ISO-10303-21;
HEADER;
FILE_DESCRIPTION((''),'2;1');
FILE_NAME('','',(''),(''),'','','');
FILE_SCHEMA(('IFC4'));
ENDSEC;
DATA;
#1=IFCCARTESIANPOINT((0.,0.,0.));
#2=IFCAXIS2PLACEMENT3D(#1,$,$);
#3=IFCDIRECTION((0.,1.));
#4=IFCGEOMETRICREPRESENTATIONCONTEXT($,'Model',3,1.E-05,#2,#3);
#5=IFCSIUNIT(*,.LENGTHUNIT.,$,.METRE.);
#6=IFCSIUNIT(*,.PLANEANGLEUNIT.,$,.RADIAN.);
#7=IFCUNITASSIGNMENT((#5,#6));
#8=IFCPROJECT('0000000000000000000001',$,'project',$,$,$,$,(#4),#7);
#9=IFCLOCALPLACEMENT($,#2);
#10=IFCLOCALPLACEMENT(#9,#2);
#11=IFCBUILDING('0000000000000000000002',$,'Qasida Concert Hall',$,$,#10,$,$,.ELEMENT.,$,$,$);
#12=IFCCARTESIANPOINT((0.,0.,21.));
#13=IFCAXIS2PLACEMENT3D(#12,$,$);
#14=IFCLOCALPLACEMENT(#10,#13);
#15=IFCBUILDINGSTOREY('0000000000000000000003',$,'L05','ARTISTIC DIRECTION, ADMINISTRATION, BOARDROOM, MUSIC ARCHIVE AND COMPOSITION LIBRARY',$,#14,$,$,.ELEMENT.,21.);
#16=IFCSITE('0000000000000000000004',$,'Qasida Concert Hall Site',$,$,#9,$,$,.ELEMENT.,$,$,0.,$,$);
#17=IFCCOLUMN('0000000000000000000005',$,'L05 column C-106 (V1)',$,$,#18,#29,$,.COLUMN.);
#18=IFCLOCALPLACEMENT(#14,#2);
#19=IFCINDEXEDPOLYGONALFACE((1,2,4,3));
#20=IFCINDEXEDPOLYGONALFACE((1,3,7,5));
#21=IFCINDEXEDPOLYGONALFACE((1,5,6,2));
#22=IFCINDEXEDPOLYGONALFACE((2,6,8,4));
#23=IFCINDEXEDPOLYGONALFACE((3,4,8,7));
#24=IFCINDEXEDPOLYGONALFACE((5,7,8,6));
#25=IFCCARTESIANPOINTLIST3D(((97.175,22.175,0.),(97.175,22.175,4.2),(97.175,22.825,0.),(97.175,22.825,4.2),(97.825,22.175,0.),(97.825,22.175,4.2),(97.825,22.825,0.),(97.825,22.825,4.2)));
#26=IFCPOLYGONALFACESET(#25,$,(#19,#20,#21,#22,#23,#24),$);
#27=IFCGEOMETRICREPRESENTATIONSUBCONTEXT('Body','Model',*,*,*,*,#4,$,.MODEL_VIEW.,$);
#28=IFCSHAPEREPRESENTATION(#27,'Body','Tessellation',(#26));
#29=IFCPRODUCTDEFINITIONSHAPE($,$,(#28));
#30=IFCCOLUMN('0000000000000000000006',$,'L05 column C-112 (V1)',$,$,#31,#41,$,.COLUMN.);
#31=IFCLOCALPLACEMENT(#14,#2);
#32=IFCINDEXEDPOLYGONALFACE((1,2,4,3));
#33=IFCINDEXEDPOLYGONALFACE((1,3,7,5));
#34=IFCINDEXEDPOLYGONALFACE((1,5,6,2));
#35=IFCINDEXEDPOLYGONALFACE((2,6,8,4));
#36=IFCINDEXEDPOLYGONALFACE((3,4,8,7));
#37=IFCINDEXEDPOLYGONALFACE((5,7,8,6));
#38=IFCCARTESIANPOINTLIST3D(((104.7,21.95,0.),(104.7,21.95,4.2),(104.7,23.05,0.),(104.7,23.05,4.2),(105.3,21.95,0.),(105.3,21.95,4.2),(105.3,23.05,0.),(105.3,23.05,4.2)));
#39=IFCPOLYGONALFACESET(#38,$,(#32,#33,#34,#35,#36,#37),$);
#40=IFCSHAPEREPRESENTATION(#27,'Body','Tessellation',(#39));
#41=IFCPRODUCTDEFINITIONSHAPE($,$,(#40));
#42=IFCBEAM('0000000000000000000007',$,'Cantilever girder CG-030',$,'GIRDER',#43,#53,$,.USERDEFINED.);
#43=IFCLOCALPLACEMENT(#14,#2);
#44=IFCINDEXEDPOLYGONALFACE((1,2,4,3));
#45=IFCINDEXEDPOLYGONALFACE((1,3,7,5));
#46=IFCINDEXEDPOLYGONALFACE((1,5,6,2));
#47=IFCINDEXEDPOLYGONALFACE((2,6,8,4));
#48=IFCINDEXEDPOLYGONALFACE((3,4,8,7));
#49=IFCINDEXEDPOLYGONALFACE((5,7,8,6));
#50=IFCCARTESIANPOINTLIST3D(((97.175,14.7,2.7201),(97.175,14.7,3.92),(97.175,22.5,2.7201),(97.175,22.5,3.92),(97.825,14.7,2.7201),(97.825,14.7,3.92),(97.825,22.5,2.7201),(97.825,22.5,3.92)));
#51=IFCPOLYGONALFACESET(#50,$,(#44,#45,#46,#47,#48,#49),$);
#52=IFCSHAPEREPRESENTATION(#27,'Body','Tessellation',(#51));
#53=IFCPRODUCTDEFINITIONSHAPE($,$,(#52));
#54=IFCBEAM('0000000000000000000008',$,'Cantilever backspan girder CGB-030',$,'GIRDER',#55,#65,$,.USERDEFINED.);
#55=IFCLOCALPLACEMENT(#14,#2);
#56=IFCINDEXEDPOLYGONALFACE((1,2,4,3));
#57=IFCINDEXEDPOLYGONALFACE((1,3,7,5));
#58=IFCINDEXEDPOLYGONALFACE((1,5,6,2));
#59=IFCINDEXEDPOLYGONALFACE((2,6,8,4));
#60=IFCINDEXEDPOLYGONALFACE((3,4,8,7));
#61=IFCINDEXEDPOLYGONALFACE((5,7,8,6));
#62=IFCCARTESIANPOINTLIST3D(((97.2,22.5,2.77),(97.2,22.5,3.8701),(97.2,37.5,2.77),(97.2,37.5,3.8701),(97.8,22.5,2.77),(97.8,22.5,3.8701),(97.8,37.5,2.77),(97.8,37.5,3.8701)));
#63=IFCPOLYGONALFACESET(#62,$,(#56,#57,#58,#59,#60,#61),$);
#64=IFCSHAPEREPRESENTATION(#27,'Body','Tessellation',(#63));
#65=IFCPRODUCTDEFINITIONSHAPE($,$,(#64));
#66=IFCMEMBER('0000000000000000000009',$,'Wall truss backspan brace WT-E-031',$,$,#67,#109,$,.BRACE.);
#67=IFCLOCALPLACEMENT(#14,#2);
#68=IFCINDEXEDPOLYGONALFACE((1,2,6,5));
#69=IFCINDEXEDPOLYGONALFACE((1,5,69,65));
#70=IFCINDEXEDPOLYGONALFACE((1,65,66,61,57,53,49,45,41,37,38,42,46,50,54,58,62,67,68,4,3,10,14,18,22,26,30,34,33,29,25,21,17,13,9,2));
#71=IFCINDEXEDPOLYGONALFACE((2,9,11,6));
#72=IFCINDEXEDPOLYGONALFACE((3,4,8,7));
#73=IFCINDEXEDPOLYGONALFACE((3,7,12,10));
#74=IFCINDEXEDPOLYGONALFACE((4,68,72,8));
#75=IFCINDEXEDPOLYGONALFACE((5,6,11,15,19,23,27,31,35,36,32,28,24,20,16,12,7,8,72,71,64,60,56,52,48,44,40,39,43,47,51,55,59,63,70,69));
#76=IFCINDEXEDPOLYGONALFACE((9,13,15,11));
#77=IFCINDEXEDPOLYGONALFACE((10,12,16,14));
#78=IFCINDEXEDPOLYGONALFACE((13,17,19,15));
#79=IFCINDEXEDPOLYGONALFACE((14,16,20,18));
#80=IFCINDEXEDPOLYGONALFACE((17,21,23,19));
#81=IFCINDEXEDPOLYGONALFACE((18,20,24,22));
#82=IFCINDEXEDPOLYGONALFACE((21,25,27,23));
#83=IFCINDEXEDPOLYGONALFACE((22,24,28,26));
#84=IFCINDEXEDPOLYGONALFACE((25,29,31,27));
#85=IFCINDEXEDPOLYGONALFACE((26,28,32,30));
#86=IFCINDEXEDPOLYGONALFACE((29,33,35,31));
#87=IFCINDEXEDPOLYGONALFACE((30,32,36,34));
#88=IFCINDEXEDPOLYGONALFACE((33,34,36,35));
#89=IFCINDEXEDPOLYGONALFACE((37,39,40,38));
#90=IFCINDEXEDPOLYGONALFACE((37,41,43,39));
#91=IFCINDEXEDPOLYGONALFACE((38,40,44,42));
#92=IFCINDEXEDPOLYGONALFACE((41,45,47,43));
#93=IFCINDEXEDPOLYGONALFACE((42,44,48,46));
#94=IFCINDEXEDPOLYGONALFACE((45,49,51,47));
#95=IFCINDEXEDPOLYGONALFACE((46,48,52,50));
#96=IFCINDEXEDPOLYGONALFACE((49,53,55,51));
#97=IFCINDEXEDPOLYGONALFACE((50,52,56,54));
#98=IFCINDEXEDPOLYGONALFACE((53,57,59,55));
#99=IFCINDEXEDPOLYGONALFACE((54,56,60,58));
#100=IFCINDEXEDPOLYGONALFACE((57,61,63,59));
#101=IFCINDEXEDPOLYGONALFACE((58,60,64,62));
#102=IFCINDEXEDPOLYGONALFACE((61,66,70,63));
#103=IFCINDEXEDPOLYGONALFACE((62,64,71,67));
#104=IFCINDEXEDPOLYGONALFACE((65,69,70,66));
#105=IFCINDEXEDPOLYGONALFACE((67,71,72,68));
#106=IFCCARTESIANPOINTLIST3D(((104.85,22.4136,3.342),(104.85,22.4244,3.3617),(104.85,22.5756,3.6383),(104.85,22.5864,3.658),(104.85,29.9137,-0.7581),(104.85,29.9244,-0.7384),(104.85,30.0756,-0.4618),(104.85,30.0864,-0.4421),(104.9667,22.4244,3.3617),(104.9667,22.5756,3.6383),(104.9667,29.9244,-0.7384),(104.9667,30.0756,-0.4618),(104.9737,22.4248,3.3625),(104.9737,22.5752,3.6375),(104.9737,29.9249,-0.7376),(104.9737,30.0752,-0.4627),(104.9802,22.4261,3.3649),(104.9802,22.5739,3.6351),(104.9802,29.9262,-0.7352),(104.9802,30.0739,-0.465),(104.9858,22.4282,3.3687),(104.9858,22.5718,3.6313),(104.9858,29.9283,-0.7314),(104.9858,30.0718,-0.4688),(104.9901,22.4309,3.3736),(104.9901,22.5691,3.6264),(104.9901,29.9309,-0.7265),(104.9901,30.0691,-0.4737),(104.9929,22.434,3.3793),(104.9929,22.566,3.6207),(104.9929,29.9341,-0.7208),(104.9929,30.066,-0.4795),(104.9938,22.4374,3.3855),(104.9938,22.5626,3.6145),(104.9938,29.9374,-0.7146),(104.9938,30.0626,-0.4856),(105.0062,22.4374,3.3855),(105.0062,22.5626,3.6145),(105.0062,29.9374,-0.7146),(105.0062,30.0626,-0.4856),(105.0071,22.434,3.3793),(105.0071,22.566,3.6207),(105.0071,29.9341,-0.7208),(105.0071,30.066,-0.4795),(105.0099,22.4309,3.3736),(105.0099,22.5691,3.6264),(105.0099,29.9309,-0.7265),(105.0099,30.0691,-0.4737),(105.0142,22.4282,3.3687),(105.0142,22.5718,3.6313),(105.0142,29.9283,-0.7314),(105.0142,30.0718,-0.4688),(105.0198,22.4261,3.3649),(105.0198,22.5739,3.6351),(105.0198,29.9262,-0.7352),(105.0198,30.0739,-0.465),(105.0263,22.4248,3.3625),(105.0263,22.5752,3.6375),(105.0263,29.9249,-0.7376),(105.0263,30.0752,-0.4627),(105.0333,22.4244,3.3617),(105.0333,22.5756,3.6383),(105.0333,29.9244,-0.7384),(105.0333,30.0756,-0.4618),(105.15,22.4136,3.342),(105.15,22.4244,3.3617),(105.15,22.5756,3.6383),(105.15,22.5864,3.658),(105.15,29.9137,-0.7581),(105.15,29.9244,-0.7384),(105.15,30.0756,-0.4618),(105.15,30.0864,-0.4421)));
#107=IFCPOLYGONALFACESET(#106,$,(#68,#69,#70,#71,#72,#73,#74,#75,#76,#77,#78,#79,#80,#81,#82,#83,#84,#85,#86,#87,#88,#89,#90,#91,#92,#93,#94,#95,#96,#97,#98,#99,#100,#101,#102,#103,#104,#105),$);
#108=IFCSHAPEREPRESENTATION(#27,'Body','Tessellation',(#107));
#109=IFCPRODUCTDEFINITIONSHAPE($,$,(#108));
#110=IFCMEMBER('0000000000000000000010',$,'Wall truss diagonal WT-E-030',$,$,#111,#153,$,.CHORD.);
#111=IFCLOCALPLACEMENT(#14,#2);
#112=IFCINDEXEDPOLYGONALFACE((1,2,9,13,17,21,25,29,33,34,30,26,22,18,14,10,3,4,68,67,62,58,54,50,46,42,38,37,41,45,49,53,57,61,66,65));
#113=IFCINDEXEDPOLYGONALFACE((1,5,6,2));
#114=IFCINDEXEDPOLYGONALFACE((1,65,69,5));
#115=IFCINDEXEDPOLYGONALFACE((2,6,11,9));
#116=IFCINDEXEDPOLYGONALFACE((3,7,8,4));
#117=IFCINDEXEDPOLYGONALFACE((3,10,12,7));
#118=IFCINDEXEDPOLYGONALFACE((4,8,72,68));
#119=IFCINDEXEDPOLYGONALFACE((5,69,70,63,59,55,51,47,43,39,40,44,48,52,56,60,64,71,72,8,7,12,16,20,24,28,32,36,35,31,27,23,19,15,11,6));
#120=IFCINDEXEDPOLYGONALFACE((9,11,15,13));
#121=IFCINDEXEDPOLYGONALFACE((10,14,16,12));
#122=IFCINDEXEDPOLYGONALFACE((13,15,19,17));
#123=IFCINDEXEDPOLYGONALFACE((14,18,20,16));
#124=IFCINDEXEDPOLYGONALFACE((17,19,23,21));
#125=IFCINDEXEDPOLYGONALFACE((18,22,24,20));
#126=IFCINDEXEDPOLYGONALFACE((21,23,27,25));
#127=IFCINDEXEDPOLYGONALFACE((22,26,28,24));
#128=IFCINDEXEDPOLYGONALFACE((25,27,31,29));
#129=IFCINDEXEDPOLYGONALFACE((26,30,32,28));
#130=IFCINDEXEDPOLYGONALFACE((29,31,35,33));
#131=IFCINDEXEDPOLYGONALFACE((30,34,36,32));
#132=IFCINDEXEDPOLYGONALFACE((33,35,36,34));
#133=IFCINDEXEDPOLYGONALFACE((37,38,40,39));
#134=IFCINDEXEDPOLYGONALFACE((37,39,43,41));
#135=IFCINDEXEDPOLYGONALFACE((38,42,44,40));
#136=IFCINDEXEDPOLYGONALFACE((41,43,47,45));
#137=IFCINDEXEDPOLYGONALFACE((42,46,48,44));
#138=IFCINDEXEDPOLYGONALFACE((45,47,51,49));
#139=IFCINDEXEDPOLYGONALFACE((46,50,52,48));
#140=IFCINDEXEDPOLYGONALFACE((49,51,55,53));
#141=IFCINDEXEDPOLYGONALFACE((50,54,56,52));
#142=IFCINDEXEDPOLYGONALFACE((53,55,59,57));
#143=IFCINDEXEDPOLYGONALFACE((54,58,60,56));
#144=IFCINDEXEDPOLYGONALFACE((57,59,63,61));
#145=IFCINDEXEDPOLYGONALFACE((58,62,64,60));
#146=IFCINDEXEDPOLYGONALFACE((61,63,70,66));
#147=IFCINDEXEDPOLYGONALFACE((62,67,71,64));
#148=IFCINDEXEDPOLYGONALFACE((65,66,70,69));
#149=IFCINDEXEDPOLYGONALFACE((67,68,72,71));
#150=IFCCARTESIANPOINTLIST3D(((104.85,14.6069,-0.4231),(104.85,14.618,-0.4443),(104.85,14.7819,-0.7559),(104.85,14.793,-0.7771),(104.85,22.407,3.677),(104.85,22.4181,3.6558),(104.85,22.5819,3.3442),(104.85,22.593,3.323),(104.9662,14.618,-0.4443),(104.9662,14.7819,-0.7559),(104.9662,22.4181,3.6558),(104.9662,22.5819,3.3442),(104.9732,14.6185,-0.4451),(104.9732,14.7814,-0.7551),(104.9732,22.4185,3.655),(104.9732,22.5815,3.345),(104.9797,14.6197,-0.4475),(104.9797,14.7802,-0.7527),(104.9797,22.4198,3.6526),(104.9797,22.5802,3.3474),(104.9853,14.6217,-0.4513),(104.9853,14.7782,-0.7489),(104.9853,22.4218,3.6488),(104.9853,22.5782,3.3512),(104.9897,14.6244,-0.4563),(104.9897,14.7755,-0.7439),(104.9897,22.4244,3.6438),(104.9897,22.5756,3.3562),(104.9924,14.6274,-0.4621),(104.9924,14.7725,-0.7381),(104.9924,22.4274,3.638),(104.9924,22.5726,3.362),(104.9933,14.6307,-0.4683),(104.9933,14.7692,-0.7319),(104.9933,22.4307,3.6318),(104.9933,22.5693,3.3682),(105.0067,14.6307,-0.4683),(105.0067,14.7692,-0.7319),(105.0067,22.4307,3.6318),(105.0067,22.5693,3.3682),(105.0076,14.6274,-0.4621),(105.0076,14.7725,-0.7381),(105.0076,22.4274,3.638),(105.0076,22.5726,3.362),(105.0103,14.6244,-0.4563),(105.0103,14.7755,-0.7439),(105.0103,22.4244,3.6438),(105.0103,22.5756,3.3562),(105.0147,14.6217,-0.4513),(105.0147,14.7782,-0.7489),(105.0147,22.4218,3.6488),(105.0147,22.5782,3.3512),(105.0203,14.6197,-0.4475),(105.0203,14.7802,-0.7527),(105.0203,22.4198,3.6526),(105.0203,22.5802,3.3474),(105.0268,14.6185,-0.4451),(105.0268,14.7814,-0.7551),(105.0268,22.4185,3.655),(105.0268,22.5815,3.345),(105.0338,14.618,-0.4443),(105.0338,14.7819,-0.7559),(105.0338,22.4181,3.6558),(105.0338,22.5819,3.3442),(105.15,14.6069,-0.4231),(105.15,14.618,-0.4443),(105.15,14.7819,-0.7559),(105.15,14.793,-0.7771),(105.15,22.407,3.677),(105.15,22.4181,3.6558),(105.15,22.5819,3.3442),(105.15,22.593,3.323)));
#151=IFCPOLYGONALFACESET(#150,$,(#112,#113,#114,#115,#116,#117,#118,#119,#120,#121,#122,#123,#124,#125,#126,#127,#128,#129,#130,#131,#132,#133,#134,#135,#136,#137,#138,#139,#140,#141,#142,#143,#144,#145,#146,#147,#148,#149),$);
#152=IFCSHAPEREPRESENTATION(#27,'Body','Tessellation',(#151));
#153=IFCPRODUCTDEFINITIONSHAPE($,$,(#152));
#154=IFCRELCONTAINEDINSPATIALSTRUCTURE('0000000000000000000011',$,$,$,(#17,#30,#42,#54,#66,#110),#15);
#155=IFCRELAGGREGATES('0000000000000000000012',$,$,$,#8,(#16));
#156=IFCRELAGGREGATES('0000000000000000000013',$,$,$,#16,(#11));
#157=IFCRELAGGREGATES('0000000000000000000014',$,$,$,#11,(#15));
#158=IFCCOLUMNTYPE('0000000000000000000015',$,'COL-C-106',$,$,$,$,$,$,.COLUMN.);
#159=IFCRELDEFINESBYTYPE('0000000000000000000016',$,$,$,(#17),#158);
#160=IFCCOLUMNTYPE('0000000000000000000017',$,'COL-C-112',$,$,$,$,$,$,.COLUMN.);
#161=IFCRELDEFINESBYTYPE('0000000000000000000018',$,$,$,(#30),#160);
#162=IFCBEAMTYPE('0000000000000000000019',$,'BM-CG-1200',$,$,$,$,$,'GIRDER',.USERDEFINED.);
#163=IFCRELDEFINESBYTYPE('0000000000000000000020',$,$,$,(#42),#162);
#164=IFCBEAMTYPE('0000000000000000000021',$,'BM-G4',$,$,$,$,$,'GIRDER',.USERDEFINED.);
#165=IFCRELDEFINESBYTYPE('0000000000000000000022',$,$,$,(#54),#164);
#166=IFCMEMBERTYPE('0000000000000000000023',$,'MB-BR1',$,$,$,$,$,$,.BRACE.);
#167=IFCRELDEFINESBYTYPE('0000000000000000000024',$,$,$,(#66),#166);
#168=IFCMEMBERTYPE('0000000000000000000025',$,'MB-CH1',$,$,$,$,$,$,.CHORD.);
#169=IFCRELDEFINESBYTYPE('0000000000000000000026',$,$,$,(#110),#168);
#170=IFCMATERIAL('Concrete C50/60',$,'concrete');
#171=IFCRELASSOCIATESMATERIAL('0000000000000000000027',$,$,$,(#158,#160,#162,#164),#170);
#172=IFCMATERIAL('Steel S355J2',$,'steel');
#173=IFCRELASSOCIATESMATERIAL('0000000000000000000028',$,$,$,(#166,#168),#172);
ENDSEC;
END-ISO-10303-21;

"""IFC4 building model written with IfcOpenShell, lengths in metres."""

from ifc_helpers import new_model, si_unit, direction, frame, origin, origin_2d, place, context, subcontext, project, spatial, rectangle, i_section, extrude, material, material_profile, profile_set, type_object, element, save


model = new_model("IFC4")

# Units and contexts
model_context = context("Model", 3, precision=1e-05, world=origin(), true_north=direction((0.0, 1.0)))
body_context = subcontext(model_context, "Body", "Model", "MODEL_VIEW")
ifc_project = project(units=[si_unit("LENGTHUNIT", "METRE"), si_unit("PLANEANGLEUNIT", "RADIAN")], contexts=[model_context])

# Site, building, storey
site_placement = place(None, origin())
site = spatial("IfcSite", under=ifc_project, at=site_placement, Name="Qasida Concert Hall Site", CompositionType="ELEMENT", RefElevation=0.0)
building_placement = place(site_placement, origin())
building = spatial("IfcBuilding", under=site, at=building_placement, Name="Qasida Concert Hall", CompositionType="ELEMENT")
storey_placement = place(building_placement, frame((0.0, 0.0, 21.0)))
storey = spatial("IfcBuildingStorey", under=building, at=storey_placement, Name="L05", Description="ARTISTIC DIRECTION, ADMINISTRATION, BOARDROOM, MUSIC ARCHIVE AND COMPOSITION LIBRARY", CompositionType="ELEMENT", Elevation=21.0)

# Columns
ifc_material_1 = material(Name="Concrete C50/60", Category="concrete")
ifc_material_profile_1 = material_profile(ifc_material_1, rectangle(XDim=0.6499, YDim=0.6499, at=origin_2d()), Name="RC 650x650")
ifc_profile_set_1 = profile_set([ifc_material_profile_1], Name="Concrete C50/60")
column_type_1 = type_object("IfcColumnType", Name="COL-C-106", PredefinedType="COLUMN", material=ifc_profile_set_1)
column_1_placement = place(storey_placement, frame((97.5, 22.5, 0.0), z_axis=(0.0, 0.0, 1.0), x_axis=(1.0, 0.0, 0.0)))
element("IfcColumn", 1, at=column_1_placement, inside=storey, type_object=column_type_1, Name="L05 column C-106 (V1)", PredefinedType="COLUMN", context=body_context, shape_type="SweptSolid", body=[
    extrude(rectangle(XDim=0.6499, YDim=0.6499, at=origin_2d()), origin(), (0.0, 0.0, 1.0), 4.2),
])
ifc_material_profile_2 = material_profile(ifc_material_1, rectangle(XDim=0.6001, YDim=1.1001, at=origin_2d()), Name="RC 600x1100")
ifc_profile_set_2 = profile_set([ifc_material_profile_2], Name="Concrete C50/60")
column_type_2 = type_object("IfcColumnType", Name="COL-C-112", PredefinedType="COLUMN", material=ifc_profile_set_2)
column_2_placement = place(storey_placement, frame((105.0, 22.5, 0.0), z_axis=(0.0, 0.0, 1.0), x_axis=(1.0, 0.0, 0.0)))
element("IfcColumn", 2, at=column_2_placement, inside=storey, type_object=column_type_2, Name="L05 column C-112 (V1)", PredefinedType="COLUMN", context=body_context, shape_type="SweptSolid", body=[
    extrude(rectangle(XDim=0.6001, YDim=1.1001, at=origin_2d()), origin(), (0.0, 0.0, 1.0), 4.2),
])

# Beams
ifc_material_profile_3 = material_profile(ifc_material_1, rectangle(XDim=0.6499, YDim=1.2, at=origin_2d()), Name="RC 650x1200")
ifc_profile_set_3 = profile_set([ifc_material_profile_3], Name="Concrete C50/60")
beam_type_1 = type_object("IfcBeamType", Name="BM-CG-1200", ElementType="GIRDER", PredefinedType="USERDEFINED", material=ifc_profile_set_3)
beam_1_placement = place(storey_placement, frame((97.5, 22.5, 3.3201), z_axis=(0.0, -1.0, 0.0), x_axis=(1.0, 0.0, 0.0)))
element("IfcBeam", 3, at=beam_1_placement, inside=storey, type_object=beam_type_1, Name="Cantilever girder CG-030", ObjectType="GIRDER", PredefinedType="USERDEFINED", context=body_context, shape_type="SweptSolid", body=[
    extrude(rectangle(XDim=0.6499, YDim=1.2, at=origin_2d()), origin(), (0.0, 0.0, 1.0), 7.8),
])
ifc_material_profile_4 = material_profile(ifc_material_1, rectangle(XDim=0.6001, YDim=1.1001, at=origin_2d()), Name="RC 600x1100")
ifc_profile_set_4 = profile_set([ifc_material_profile_4], Name="Concrete C50/60")
beam_type_2 = type_object("IfcBeamType", Name="BM-G4", ElementType="GIRDER", PredefinedType="USERDEFINED", material=ifc_profile_set_4)
beam_2_placement = place(storey_placement, frame((97.5, 22.5, 3.3201), z_axis=(0.0, 1.0, 0.0), x_axis=(-1.0, 0.0, 0.0)))
element("IfcBeam", 4, at=beam_2_placement, inside=storey, type_object=beam_type_2, Name="Cantilever backspan girder CGB-030", ObjectType="GIRDER", PredefinedType="USERDEFINED", context=body_context, shape_type="SweptSolid", body=[
    extrude(rectangle(XDim=0.6001, YDim=1.1001, at=origin_2d()), origin(), (0.0, 0.0, 1.0), 15.0),
])

# Members
ifc_material_2 = material(Name="Steel S355J2", Category="steel")
ifc_material_profile_5 = material_profile(ifc_material_2, i_section(OverallWidth=0.3, OverallDepth=0.3601, WebThickness=0.0125, FlangeThickness=0.0225, FilletRadius=0.0271, at=origin_2d()), Name="HEB 360")
ifc_profile_set_5 = profile_set([ifc_material_profile_5], Name="Steel S355J2")
member_type_1 = type_object("IfcMemberType", Name="MB-BR1", PredefinedType="BRACE", material=ifc_profile_set_5)
member_1_placement = place(storey_placement, frame((105.0, 22.5, 3.5), z_axis=(0.0, 0.877443, -0.47968), x_axis=(-1.0, 0.0, 0.0)))
element("IfcMember", 5, at=member_1_placement, inside=storey, type_object=member_type_1, Name="Wall truss backspan brace WT-E-031", PredefinedType="BRACE", context=body_context, shape_type="SweptSolid", body=[
    extrude(i_section(OverallWidth=0.3, OverallDepth=0.3601, WebThickness=0.0125, FlangeThickness=0.0225, FilletRadius=0.0271, at=origin_2d()), origin(), (0.0, 0.0, 1.0), 8.5476),
])
ifc_material_profile_6 = material_profile(ifc_material_2, i_section(OverallWidth=0.3, OverallDepth=0.3999, WebThickness=0.0134, FlangeThickness=0.0239, FilletRadius=0.0271, at=origin_2d()), Name="HEB 400")
ifc_profile_set_6 = profile_set([ifc_material_profile_6], Name="Steel S355J2")
member_type_2 = type_object("IfcMemberType", Name="MB-CH1", PredefinedType="CHORD", material=ifc_profile_set_6)
member_2_placement = place(storey_placement, frame((105.0, 22.5, 3.5), z_axis=(0.0, -0.885161, -0.465285), x_axis=(1.0, 0.0, 0.0)))
element("IfcMember", 6, at=member_2_placement, inside=storey, type_object=member_type_2, Name="Wall truss diagonal WT-E-030", PredefinedType="CHORD", context=body_context, shape_type="SweptSolid", body=[
    extrude(i_section(OverallWidth=0.3, OverallDepth=0.3999, WebThickness=0.0134, FlangeThickness=0.0239, FilletRadius=0.0271, at=origin_2d()), origin(), (0.0, 0.0, 1.0), 8.812),
])

save(model, "model.ifc")
